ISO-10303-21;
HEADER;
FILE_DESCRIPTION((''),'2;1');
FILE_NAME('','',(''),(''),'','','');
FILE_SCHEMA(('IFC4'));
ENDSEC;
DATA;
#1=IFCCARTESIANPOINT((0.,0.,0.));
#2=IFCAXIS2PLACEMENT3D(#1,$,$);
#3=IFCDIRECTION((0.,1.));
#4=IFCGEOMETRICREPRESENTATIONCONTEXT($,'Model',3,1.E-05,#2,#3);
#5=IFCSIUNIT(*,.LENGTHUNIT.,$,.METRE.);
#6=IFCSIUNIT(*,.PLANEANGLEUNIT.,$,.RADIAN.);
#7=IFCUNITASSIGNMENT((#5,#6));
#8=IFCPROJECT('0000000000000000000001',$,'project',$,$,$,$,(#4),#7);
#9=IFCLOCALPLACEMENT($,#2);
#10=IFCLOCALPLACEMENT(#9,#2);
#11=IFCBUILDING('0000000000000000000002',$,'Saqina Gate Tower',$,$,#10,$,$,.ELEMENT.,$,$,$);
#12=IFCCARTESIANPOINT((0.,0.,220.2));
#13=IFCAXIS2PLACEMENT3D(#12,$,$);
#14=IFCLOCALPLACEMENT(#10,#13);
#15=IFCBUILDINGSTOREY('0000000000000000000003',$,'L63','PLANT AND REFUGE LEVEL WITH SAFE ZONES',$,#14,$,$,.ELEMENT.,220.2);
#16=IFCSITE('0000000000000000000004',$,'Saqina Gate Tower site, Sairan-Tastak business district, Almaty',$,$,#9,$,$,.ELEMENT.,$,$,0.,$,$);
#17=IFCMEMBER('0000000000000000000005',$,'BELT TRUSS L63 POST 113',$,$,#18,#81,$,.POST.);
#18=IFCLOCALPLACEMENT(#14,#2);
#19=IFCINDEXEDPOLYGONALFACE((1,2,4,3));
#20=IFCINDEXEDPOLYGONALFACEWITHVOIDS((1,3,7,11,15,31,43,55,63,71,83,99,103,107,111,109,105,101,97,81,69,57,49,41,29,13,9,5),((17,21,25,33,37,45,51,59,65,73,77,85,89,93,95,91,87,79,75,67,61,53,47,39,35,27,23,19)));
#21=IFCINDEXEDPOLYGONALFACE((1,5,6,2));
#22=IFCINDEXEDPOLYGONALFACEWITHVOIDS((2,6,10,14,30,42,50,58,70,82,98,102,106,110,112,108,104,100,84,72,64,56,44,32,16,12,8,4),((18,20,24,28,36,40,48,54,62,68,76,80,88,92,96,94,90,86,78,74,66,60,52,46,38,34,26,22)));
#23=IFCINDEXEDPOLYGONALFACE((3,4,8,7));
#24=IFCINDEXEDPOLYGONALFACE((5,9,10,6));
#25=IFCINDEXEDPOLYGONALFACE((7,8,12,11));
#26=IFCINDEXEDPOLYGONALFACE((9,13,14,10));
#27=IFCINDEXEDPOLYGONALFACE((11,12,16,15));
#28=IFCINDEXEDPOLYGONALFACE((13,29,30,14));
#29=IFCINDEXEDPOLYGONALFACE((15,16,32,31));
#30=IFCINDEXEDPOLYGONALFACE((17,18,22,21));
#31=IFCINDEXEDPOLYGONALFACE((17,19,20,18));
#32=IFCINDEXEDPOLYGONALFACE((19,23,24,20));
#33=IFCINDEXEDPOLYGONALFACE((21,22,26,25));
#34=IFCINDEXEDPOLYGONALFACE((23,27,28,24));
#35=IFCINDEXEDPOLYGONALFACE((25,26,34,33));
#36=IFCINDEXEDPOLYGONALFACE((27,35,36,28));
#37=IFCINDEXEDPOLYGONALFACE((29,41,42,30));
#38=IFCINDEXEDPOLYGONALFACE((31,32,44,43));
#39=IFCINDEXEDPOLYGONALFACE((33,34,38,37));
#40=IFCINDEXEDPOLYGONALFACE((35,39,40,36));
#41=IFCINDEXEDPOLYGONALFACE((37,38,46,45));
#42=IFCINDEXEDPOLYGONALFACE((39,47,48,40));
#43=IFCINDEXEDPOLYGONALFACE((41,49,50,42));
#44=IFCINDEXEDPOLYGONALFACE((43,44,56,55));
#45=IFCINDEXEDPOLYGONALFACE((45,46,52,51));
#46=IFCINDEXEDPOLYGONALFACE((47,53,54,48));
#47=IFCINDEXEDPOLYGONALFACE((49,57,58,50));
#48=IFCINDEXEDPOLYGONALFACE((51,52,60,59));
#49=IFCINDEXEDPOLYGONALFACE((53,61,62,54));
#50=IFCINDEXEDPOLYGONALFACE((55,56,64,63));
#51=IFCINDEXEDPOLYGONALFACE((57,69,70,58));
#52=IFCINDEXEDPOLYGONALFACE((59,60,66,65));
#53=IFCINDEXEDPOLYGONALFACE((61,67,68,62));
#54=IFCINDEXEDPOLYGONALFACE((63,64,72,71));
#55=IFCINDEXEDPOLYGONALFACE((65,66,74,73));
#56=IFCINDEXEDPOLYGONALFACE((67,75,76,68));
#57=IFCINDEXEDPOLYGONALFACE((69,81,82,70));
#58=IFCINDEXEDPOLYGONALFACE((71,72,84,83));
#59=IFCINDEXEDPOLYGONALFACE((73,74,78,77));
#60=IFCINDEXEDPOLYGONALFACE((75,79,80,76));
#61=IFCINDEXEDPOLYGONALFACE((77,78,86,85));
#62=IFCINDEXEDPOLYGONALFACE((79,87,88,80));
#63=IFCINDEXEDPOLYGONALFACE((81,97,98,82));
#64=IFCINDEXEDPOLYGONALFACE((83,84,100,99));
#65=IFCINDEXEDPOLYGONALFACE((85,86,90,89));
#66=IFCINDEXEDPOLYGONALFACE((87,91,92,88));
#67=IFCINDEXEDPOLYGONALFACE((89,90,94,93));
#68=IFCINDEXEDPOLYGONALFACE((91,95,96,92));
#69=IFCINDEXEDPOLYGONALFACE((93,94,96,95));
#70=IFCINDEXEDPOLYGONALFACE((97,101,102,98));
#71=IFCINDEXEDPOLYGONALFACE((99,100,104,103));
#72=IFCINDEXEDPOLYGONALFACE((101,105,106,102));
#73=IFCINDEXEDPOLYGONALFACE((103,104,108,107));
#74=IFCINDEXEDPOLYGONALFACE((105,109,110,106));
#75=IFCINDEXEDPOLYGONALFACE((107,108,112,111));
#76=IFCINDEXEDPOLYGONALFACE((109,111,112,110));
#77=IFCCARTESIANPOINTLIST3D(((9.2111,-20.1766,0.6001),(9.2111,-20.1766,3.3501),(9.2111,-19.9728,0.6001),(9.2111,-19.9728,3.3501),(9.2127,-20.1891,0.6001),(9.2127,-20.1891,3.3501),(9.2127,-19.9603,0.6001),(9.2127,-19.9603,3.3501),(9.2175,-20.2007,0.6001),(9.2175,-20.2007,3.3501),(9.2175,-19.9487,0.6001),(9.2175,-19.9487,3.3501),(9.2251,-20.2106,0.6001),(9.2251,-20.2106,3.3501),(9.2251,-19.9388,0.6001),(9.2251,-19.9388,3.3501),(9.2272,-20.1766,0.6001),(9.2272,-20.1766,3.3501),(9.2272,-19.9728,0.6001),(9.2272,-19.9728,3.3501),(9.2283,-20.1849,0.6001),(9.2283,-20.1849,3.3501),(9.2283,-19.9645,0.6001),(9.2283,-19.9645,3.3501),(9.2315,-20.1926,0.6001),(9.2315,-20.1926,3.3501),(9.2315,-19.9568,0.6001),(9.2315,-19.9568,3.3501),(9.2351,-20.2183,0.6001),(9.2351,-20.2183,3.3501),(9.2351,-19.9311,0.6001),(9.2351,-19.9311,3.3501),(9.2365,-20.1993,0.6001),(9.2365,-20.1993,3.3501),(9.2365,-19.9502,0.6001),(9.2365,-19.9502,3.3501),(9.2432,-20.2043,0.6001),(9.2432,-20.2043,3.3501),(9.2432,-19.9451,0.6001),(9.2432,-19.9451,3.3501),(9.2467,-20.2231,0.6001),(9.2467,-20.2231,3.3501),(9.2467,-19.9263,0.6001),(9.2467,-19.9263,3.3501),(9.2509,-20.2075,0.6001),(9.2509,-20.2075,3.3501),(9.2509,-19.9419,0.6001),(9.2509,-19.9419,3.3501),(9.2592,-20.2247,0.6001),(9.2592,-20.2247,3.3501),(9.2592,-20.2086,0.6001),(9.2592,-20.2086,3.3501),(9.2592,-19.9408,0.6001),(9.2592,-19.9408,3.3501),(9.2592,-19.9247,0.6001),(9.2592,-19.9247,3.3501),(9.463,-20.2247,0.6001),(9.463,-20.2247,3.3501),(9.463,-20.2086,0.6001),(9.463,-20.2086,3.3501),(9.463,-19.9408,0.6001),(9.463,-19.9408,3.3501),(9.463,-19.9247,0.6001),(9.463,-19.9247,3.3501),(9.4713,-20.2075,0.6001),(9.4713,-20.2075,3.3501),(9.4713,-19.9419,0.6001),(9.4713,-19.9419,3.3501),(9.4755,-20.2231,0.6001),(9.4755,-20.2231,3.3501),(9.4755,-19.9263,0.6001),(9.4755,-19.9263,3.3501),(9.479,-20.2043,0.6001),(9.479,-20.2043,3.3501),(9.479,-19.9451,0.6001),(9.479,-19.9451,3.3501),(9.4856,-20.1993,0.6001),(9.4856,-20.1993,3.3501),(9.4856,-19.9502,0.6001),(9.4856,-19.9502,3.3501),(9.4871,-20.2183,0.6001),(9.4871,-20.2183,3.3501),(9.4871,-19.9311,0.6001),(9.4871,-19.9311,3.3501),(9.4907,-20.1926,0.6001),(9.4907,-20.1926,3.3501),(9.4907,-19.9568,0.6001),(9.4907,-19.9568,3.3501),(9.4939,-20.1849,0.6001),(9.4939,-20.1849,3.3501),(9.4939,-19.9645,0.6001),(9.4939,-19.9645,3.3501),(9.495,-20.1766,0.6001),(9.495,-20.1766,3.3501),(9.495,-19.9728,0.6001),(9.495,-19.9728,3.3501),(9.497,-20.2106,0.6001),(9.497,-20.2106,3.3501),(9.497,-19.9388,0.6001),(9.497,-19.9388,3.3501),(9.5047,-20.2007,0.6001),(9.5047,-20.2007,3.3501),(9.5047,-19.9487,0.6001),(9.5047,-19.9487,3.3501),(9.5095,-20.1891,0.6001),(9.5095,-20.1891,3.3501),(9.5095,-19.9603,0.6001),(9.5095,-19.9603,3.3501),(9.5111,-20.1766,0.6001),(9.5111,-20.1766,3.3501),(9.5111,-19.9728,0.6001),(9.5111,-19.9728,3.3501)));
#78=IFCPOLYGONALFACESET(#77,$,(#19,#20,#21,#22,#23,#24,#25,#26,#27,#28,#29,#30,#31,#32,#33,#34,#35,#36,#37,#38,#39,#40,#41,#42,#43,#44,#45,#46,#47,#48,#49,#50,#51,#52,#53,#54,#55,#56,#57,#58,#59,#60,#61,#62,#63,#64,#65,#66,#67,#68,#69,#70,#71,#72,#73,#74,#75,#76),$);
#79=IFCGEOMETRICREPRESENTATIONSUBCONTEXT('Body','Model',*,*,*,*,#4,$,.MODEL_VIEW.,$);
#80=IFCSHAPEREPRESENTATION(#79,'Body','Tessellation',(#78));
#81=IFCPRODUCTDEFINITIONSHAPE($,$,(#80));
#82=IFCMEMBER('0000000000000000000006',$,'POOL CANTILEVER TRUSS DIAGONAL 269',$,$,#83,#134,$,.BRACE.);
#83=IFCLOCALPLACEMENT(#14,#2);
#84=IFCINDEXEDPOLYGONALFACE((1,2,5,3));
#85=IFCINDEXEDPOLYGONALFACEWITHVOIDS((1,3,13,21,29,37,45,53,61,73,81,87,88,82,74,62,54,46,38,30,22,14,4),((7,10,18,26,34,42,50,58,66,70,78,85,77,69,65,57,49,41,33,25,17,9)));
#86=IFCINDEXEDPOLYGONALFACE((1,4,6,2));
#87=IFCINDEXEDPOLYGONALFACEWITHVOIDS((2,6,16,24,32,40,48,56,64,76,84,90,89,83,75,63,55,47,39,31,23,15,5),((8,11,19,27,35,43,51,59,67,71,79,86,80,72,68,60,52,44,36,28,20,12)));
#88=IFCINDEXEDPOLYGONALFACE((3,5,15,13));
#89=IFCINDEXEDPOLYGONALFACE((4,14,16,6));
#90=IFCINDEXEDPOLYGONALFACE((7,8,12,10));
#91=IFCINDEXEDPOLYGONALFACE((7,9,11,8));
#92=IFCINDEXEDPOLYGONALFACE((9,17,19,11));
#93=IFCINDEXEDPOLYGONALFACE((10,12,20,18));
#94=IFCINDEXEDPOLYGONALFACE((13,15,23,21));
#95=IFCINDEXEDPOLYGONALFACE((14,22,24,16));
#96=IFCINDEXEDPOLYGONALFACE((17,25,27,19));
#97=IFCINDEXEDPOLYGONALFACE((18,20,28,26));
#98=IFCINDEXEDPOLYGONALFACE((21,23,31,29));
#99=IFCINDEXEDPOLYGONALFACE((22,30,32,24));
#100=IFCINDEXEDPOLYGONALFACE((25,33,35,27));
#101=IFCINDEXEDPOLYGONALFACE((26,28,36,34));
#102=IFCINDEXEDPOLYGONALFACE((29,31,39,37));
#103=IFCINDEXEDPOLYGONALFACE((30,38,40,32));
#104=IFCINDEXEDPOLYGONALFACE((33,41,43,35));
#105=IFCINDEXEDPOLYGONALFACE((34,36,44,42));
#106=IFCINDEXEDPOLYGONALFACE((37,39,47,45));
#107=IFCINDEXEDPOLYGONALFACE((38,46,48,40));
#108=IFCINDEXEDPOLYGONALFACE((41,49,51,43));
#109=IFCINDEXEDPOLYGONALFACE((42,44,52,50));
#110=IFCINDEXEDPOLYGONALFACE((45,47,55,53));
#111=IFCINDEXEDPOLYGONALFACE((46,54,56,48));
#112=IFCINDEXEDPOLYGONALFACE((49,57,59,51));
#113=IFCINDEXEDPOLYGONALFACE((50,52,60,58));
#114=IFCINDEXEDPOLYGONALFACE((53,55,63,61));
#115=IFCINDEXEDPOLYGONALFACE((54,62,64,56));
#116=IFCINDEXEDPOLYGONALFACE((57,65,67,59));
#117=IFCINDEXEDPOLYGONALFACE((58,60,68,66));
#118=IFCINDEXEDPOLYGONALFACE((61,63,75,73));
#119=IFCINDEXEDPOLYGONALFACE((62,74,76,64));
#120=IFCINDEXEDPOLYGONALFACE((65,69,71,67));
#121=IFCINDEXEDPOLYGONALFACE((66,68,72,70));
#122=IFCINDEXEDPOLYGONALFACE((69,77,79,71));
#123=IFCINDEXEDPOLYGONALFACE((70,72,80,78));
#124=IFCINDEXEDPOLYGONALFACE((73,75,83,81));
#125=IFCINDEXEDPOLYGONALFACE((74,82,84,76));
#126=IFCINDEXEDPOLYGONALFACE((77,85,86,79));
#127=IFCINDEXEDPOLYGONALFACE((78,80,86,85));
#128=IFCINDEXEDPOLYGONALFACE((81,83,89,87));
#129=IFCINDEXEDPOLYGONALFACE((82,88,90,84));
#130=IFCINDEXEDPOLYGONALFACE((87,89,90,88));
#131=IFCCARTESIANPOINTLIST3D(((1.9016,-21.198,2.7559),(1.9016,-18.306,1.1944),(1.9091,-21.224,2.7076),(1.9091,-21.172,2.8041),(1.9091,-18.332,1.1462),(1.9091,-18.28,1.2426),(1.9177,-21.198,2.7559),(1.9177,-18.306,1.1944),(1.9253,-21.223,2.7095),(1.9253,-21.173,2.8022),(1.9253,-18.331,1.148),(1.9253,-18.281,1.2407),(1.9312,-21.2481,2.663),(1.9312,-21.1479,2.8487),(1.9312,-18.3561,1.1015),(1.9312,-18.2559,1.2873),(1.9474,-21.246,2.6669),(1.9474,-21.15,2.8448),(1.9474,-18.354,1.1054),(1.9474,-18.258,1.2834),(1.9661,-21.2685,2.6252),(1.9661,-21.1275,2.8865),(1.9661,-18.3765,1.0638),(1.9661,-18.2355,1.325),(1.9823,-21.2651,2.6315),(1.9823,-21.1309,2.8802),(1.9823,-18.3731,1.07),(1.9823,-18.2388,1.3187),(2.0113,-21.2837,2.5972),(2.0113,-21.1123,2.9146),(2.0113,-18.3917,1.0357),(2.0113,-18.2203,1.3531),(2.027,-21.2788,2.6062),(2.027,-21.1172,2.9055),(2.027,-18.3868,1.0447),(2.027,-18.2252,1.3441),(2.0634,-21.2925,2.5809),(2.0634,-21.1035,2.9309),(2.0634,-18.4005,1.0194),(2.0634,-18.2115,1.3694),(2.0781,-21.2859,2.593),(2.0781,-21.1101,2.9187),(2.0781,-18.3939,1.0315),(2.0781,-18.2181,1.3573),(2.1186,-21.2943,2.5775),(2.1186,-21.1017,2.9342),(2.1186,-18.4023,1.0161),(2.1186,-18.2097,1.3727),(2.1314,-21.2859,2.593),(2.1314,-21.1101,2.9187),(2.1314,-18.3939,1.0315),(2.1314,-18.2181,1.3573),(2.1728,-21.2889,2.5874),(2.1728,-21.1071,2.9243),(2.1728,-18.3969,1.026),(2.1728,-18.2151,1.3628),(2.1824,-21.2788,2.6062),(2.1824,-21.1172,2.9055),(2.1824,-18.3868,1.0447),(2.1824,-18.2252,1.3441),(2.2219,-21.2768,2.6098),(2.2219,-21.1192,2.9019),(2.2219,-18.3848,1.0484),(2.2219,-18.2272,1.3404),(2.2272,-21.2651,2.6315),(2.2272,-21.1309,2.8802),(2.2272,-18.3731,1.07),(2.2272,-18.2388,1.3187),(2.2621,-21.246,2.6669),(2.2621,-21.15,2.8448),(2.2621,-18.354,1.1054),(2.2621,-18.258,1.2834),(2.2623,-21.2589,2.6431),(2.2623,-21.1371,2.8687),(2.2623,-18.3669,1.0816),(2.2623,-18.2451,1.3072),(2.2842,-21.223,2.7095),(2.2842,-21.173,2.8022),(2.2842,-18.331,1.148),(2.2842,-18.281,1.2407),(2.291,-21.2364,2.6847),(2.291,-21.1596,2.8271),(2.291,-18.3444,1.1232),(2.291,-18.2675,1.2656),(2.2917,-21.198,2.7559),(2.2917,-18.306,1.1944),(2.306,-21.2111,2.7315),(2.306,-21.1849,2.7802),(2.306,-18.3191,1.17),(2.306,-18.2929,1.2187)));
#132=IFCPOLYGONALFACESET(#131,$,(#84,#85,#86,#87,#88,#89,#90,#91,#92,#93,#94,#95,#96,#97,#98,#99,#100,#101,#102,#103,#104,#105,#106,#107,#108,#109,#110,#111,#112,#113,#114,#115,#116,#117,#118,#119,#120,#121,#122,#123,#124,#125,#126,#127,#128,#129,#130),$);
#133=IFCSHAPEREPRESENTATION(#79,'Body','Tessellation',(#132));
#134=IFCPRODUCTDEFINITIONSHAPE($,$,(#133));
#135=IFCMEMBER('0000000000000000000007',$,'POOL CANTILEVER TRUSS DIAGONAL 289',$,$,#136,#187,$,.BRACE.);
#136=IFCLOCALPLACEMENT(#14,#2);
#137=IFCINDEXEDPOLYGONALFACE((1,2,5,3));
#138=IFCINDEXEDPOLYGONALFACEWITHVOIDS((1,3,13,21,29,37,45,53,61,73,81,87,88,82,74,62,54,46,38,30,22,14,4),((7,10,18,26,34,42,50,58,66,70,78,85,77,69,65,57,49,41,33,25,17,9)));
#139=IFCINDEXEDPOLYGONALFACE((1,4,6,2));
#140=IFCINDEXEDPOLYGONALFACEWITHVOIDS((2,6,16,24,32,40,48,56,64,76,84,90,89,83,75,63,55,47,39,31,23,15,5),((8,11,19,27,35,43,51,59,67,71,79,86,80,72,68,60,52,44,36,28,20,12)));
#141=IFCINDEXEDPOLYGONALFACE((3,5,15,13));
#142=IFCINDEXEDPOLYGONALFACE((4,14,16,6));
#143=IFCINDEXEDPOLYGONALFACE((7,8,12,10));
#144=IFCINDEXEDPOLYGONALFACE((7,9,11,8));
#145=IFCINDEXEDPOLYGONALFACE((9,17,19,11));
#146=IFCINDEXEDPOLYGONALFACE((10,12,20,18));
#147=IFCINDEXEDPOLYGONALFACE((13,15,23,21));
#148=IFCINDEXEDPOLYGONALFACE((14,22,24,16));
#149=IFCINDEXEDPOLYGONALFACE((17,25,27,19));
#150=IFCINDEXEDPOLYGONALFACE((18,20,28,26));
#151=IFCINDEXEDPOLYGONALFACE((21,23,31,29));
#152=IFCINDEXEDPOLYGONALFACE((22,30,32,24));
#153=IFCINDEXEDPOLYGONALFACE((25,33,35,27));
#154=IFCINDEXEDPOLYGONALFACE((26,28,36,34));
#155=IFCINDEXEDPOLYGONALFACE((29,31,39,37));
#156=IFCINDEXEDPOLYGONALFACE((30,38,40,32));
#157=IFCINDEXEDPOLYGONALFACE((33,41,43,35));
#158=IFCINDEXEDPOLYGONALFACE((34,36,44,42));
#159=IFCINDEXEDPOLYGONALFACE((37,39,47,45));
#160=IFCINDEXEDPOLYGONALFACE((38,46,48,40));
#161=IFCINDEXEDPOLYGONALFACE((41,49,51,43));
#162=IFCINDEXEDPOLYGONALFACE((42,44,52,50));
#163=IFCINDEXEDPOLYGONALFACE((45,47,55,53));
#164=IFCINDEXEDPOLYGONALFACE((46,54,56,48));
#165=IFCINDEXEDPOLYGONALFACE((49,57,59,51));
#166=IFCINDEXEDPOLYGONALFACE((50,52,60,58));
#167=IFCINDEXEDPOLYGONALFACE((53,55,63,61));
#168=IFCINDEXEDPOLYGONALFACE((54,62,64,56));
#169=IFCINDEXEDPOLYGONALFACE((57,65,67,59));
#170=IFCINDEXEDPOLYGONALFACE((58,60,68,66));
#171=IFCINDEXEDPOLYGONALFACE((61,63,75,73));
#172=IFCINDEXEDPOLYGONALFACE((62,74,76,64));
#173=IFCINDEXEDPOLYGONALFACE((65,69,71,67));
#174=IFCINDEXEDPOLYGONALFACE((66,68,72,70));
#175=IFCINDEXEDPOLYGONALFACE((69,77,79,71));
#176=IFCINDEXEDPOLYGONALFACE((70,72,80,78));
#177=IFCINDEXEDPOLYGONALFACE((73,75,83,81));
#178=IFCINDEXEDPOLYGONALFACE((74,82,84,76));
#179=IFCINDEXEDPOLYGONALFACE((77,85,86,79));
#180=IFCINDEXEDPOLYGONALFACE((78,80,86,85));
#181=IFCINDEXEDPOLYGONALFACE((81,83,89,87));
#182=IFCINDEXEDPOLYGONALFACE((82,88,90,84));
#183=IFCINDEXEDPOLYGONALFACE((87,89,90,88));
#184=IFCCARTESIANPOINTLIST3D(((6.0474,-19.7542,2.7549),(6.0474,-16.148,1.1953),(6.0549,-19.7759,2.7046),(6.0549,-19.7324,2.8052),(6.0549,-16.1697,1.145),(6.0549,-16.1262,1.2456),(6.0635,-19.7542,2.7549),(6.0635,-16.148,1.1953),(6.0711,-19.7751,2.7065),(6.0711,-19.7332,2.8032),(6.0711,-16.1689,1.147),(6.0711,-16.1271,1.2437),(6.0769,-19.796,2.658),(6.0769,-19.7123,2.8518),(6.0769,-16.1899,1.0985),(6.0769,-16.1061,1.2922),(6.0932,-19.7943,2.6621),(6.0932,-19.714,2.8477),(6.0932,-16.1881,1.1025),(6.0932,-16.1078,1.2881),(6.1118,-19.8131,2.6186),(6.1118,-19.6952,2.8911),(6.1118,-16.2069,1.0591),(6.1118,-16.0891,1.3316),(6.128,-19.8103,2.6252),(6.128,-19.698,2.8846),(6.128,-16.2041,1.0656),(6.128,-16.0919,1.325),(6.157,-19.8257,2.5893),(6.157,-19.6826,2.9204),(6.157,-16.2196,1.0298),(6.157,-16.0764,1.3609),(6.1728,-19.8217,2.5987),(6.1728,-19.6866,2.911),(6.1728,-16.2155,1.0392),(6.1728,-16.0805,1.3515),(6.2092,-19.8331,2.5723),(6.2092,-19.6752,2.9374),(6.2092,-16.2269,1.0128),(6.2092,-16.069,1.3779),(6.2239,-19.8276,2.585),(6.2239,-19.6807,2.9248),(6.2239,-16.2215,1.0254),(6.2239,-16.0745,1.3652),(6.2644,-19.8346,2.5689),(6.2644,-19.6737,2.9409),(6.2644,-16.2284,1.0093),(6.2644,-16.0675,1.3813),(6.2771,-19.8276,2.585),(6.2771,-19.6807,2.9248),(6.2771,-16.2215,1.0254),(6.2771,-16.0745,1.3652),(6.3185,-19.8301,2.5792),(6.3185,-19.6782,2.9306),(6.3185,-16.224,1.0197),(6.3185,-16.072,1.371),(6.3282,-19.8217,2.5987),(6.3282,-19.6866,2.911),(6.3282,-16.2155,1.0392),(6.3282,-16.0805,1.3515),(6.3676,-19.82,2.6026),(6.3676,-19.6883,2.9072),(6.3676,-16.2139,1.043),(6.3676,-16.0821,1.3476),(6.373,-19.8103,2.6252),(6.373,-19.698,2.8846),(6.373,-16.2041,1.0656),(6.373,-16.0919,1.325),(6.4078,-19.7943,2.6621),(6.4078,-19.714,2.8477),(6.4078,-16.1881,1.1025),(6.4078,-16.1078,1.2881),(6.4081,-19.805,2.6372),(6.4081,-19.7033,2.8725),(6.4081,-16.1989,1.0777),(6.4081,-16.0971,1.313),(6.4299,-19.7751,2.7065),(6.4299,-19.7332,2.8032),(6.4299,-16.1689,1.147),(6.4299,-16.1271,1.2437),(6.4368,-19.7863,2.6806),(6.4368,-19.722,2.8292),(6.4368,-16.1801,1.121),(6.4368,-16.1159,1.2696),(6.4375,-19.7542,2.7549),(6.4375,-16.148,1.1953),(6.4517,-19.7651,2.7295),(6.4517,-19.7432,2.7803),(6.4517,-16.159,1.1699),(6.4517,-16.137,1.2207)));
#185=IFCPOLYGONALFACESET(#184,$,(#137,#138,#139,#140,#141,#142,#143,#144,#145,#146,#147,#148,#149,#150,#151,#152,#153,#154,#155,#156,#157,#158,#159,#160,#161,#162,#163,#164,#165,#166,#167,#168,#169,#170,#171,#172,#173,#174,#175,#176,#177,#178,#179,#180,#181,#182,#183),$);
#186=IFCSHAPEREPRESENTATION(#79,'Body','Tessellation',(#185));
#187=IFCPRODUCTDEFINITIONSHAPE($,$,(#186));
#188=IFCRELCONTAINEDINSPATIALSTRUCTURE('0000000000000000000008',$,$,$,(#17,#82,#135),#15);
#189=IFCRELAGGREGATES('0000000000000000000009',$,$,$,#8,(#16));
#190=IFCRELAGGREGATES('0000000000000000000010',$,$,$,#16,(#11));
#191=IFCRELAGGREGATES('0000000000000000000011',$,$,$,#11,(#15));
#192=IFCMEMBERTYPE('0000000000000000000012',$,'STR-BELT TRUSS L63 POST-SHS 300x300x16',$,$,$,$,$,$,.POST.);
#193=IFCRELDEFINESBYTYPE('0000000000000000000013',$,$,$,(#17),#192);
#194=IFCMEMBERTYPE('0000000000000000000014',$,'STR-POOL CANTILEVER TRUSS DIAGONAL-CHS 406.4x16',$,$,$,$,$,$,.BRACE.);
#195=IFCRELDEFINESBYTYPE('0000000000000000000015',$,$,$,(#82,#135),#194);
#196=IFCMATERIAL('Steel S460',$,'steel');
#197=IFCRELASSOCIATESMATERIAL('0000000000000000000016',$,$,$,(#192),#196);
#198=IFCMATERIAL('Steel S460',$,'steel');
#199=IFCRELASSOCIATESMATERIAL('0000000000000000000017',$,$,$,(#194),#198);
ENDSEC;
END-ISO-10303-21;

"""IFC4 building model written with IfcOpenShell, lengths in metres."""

from ifc_helpers import new_model, si_unit, direction, frame, origin, origin_2d, place, context, subcontext, project, spatial, hollow_rectangle, hollow_circle, extrude, material, material_profile, profile_set, type_object, element, save


model = new_model("IFC4")

# Units and contexts
model_context = context("Model", 3, precision=1e-05, world=origin(), true_north=direction((0.0, 1.0)))
body_context = subcontext(model_context, "Body", "Model", "MODEL_VIEW")
ifc_project = project(units=[si_unit("LENGTHUNIT", "METRE"), si_unit("PLANEANGLEUNIT", "RADIAN")], contexts=[model_context])

# Site, building, storey
site_placement = place(None, origin())
site = spatial("IfcSite", under=ifc_project, at=site_placement, Name="Saqina Gate Tower site, Sairan-Tastak business district, Almaty", CompositionType="ELEMENT", RefElevation=0.0)
building_placement = place(site_placement, origin())
building = spatial("IfcBuilding", under=site, at=building_placement, Name="Saqina Gate Tower", CompositionType="ELEMENT")
storey_placement = place(building_placement, frame((0.0, 0.0, 220.2)))
storey = spatial("IfcBuildingStorey", under=building, at=storey_placement, Name="L63", Description="PLANT AND REFUGE LEVEL WITH SAFE ZONES", CompositionType="ELEMENT", Elevation=220.2)

# Members
ifc_material_1 = material(Name="Steel S460", Category="steel")
ifc_material_profile_1 = material_profile(ifc_material_1, hollow_rectangle(XDim=0.3, YDim=0.3, WallThickness=0.0161, InnerFilletRadius=0.032, OuterFilletRadius=0.0481, at=origin_2d()), Name="SHS 300x300x16")
ifc_profile_set_1 = profile_set([ifc_material_profile_1], Name="Steel S460")
member_type_1 = type_object("IfcMemberType", Name="STR-BELT TRUSS L63 POST-SHS 300x300x16", PredefinedType="POST", material=ifc_profile_set_1)
for number, where, z_axis, x_axis, name in (
    (1, (9.3611, -20.0747, 0.6001), (0.0, 0.0, 1.0), (1.0, 0.0, 0.0), "BELT TRUSS L63 POST 113"),
):
    element("IfcMember", number, at=place(storey_placement, frame(where, z_axis=z_axis, x_axis=x_axis)), inside=storey, type_object=member_type_1, Name=name, PredefinedType="POST", context=body_context, shape_type="SweptSolid", body=[
        extrude(hollow_rectangle(XDim=0.3, YDim=0.3, WallThickness=0.0161, InnerFilletRadius=0.032, OuterFilletRadius=0.0481, at=origin_2d()), origin(), (0.0, 0.0, 1.0), 2.75),
    ])
ifc_material_2 = material(Name="Steel S460", Category="steel")
ifc_material_profile_2 = material_profile(ifc_material_2, hollow_circle(Radius=0.2031, WallThickness=0.0161, at=origin_2d()), Name="CHS 406.4x16")
ifc_profile_set_2 = profile_set([ifc_material_profile_2], Name="Steel S460")
member_type_2 = type_object("IfcMemberType", Name="STR-POOL CANTILEVER TRUSS DIAGONAL-CHS 406.4x16", PredefinedType="BRACE", material=ifc_profile_set_2)
member_1_placement = place(storey_placement, frame((2.1047, -21.198, 2.7559), z_axis=(0.0, 0.879931, -0.475101), x_axis=(-1.0, 0.0, 0.0)))
element("IfcMember", 2, at=member_1_placement, inside=storey, type_object=member_type_2, Name="POOL CANTILEVER TRUSS DIAGONAL 269", PredefinedType="BRACE", context=body_context, shape_type="SweptSolid", body=[
    extrude(hollow_circle(Radius=0.2031, WallThickness=0.0161, at=origin_2d()), origin(), (0.0, 0.0, 1.0), 3.2866),
])
member_2_placement = place(storey_placement, frame((6.2505, -19.7542, 2.7549), z_axis=(0.0, 0.917845, -0.396939), x_axis=(-1.0, 0.0, 0.0)))
element("IfcMember", 3, at=member_2_placement, inside=storey, type_object=member_type_2, Name="POOL CANTILEVER TRUSS DIAGONAL 289", PredefinedType="BRACE", context=body_context, shape_type="SweptSolid", body=[
    extrude(hollow_circle(Radius=0.2031, WallThickness=0.0161, at=origin_2d()), origin(), (0.0, 0.0, 1.0), 3.929),
])

save(model, "model.ifc")
